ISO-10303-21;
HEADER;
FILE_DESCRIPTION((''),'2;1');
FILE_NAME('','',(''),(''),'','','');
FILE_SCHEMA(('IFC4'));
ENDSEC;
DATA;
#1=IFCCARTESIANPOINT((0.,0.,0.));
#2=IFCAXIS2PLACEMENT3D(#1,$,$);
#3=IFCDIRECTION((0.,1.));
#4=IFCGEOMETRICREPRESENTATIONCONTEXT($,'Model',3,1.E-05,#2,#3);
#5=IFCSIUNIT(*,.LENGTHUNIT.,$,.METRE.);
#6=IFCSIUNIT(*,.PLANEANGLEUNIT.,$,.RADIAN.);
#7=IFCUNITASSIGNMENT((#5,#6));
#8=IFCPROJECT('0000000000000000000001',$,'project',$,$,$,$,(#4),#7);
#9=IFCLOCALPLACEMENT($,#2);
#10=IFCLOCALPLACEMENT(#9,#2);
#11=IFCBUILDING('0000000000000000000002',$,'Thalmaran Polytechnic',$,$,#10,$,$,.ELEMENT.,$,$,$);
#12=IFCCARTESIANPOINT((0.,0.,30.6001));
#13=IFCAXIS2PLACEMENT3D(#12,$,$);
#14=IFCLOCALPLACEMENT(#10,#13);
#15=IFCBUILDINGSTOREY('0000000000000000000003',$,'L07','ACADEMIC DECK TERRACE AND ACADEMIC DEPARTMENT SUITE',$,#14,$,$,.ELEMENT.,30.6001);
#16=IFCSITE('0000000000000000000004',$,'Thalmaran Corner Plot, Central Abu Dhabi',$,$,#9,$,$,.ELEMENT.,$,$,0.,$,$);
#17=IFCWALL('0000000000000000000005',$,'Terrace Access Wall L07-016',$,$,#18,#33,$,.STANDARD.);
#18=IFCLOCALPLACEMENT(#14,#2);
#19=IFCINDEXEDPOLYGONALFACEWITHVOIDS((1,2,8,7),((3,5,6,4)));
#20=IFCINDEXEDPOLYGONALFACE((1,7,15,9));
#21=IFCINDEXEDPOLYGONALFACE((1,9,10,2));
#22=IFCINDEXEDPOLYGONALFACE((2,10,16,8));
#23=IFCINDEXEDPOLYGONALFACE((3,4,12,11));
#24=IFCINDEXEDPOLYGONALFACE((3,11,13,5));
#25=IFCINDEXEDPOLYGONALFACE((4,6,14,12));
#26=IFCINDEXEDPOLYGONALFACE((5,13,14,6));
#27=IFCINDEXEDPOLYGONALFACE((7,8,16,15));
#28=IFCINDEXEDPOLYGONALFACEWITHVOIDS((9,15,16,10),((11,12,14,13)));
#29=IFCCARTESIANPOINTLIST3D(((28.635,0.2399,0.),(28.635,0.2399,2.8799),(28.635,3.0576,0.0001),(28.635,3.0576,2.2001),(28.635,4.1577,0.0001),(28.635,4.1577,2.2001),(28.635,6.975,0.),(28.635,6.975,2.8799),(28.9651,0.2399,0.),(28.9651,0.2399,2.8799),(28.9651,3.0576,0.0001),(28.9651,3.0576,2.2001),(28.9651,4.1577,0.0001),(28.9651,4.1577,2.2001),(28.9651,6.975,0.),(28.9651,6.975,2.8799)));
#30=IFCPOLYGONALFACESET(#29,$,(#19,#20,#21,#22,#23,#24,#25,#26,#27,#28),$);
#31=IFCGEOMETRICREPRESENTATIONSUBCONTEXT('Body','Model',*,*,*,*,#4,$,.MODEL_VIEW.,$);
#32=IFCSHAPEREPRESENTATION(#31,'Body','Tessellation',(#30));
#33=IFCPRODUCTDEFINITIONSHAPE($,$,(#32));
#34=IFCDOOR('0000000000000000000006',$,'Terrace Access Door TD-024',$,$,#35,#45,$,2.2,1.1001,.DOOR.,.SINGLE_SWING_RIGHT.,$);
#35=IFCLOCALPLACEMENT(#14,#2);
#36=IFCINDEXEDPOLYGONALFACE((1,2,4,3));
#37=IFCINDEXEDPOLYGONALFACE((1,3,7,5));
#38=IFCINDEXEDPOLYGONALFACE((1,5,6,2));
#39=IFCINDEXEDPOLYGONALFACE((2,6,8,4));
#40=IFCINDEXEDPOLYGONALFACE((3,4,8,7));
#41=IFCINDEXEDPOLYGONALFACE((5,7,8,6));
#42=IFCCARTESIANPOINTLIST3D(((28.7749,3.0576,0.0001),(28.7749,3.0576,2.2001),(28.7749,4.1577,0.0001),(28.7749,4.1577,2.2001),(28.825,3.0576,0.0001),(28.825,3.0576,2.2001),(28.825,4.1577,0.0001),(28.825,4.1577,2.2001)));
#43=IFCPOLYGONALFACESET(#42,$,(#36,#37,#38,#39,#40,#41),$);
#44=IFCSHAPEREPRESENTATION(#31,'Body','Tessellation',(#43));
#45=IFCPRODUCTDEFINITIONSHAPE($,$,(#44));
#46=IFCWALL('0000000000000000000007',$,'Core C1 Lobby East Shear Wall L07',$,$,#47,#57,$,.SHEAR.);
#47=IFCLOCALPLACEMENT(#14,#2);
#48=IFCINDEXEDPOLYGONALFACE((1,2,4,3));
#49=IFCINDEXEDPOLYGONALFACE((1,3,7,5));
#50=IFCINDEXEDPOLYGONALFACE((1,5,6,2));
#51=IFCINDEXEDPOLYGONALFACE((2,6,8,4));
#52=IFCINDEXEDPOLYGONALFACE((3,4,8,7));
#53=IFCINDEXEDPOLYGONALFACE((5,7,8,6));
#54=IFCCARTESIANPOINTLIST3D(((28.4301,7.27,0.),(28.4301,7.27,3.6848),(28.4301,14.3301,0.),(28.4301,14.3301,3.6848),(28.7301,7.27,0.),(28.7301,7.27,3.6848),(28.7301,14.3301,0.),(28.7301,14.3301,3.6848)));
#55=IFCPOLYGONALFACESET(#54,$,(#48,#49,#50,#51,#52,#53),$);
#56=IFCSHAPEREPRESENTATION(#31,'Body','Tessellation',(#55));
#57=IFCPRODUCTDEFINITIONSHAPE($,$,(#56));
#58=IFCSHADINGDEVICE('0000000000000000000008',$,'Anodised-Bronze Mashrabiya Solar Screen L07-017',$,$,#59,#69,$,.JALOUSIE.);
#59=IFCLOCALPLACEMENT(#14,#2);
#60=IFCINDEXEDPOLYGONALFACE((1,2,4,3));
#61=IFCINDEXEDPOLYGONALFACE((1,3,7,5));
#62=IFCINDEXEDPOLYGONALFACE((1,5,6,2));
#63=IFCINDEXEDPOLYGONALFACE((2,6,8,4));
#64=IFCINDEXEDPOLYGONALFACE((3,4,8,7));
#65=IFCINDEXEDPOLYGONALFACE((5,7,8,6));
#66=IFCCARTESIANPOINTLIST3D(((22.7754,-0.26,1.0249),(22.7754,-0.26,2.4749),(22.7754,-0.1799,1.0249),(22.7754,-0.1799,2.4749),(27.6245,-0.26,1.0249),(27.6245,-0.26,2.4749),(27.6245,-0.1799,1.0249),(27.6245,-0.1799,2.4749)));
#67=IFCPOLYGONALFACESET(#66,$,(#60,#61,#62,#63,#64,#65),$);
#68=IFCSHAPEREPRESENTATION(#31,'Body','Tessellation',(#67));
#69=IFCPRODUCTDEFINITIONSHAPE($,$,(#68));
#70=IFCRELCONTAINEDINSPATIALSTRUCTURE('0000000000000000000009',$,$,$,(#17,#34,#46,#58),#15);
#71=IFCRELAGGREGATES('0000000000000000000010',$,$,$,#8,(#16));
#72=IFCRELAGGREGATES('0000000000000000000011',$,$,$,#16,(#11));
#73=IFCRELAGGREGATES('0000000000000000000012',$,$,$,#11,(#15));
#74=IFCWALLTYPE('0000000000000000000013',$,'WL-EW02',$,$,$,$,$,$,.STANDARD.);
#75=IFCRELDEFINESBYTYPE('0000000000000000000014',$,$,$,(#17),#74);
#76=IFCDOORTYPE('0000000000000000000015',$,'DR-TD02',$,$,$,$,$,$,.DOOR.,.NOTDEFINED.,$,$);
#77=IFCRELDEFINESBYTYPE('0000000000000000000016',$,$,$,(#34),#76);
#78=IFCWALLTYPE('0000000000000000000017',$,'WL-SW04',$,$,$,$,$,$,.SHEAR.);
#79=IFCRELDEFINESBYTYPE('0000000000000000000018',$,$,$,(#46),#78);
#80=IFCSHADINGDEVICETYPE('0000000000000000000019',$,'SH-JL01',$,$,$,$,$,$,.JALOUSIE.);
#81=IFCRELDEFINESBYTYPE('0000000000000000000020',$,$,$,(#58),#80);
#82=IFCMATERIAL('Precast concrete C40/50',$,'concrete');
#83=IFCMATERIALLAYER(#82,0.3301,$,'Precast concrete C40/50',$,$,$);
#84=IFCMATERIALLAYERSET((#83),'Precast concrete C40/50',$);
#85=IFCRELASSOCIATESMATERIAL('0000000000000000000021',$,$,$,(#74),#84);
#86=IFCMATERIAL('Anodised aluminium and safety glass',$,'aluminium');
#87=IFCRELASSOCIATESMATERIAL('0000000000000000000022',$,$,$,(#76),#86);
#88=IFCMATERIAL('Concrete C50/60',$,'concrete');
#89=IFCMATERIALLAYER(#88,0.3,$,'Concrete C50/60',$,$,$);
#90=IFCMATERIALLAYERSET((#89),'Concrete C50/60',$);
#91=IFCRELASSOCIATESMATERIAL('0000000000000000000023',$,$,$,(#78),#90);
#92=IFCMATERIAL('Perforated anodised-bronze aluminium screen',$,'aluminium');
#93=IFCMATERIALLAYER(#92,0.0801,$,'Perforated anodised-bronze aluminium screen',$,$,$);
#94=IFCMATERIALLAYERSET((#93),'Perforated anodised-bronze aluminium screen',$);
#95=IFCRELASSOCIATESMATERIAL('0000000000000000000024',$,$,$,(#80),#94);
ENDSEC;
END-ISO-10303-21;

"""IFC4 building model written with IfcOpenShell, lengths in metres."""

from ifc_helpers import new_model, si_unit, direction, frame, frame_2d, origin, origin_2d, place, context, subcontext, project, spatial, rectangle, extrude, material, layer, layer_set, type_object, element, fill, save


model = new_model("IFC4")

# Units and contexts
model_context = context("Model", 3, precision=1e-05, world=origin(), true_north=direction((0.0, 1.0)))
body_context = subcontext(model_context, "Body", "Model", "MODEL_VIEW")
ifc_project = project(units=[si_unit("LENGTHUNIT", "METRE"), si_unit("PLANEANGLEUNIT", "RADIAN")], contexts=[model_context])

# Site, building, storey
site_placement = place(None, origin())
site = spatial("IfcSite", under=ifc_project, at=site_placement, Name="Thalmaran Corner Plot, Central Abu Dhabi", CompositionType="ELEMENT", RefElevation=0.0)
building_placement = place(site_placement, origin())
building = spatial("IfcBuilding", under=site, at=building_placement, Name="Thalmaran Polytechnic", CompositionType="ELEMENT")
storey_placement = place(building_placement, frame((0.0, 0.0, 30.6001)))
storey = spatial("IfcBuildingStorey", under=building, at=storey_placement, Name="L07", Description="ACADEMIC DECK TERRACE AND ACADEMIC DEPARTMENT SUITE", CompositionType="ELEMENT", Elevation=30.6001)

# Shared definitions
ifc_material_1 = material(Name="Precast concrete C40/50", Category="concrete")

# Wall, opening, door
ifc_layer_1 = layer(ifc_material_1, 0.3301, Name="Precast concrete C40/50")
ifc_layer_set_1 = layer_set([ifc_layer_1], Name="Precast concrete C40/50")
wall_type_1 = type_object("IfcWallType", Name="WL-EW02", PredefinedType="STANDARD", material=ifc_layer_set_1)
wall_1_placement = place(storey_placement, frame((28.8, 6.9751, 0.0), z_axis=(0.0, 0.0, 1.0), x_axis=(0.0, -1.0, 0.0)))
wall_1 = element("IfcWall", 1, at=wall_1_placement, inside=storey, type_object=wall_type_1, Name="Terrace Access Wall L07-016", PredefinedType="STANDARD", context=body_context, shape_type="SweptSolid", body=[
    extrude(rectangle(XDim=6.7351, YDim=0.3301, at=frame_2d((3.3677, 0.0))), origin(), (0.0, 0.0, 1.0), 2.8799),
])
opening_1_placement = place(wall_1_placement, frame((2.8174, 0.0, 0.0)))
opening_1 = element("IfcOpeningElement", 2, at=opening_1_placement, cuts=wall_1, PredefinedType="OPENING", context=body_context, shape_type="SweptSolid", body=[
    extrude(rectangle(XDim=1.1001, YDim=2.2, at=frame_2d((0.55, 1.1001))), frame((0.0, 0.175, 0.0), z_axis=(0.0, -1.0, 0.0), x_axis=(1.0, 0.0, 0.0)), (0.0, 0.0, 1.0), 0.3501),
])
ifc_material_2 = material(Name="Anodised aluminium and safety glass", Category="aluminium")
door_type = type_object("IfcDoorType", Name="DR-TD02", OperationType="NOTDEFINED", PredefinedType="DOOR", material=ifc_material_2)
door_placement = place(opening_1_placement, origin())
door = element("IfcDoor", 3, at=door_placement, inside=storey, type_object=door_type, Name="Terrace Access Door TD-024", OperationType="SINGLE_SWING_RIGHT", OverallHeight=2.2, OverallWidth=1.1001, PredefinedType="DOOR", context=body_context, shape_type="SweptSolid", body=[
    extrude(rectangle(XDim=1.1001, YDim=2.2, at=frame_2d((0.55, 1.1001))), frame((0.0, 0.0249, 0.0), z_axis=(0.0, -1.0, 0.0), x_axis=(1.0, 0.0, 0.0)), (0.0, 0.0, 1.0), 0.05),
])
fill(opening_1, door)

# Wall
ifc_material_3 = material(Name="Concrete C50/60", Category="concrete")
ifc_layer_2 = layer(ifc_material_3, 0.3, Name="Concrete C50/60")
ifc_layer_set_2 = layer_set([ifc_layer_2], Name="Concrete C50/60")
wall_type_2 = type_object("IfcWallType", Name="WL-SW04", PredefinedType="SHEAR", material=ifc_layer_set_2)
wall_2_placement = place(storey_placement, frame((28.5801, 7.27, 0.0), z_axis=(0.0, 0.0, 1.0), x_axis=(0.0, 1.0, 0.0)))
element("IfcWall", 4, at=wall_2_placement, inside=storey, type_object=wall_type_2, Name="Core C1 Lobby East Shear Wall L07", PredefinedType="SHEAR", context=body_context, shape_type="SweptSolid", body=[
    extrude(rectangle(XDim=7.0601, YDim=0.3, at=frame_2d((3.53, 0.0))), origin(), (0.0, 0.0, 1.0), 3.6848),
])

# Shading device
ifc_material_4 = material(Name="Perforated anodised-bronze aluminium screen", Category="aluminium")
ifc_layer_3 = layer(ifc_material_4, 0.0801, Name="Perforated anodised-bronze aluminium screen")
ifc_layer_set_3 = layer_set([ifc_layer_3], Name="Perforated anodised-bronze aluminium screen")
shading_device_type = type_object("IfcShadingDeviceType", Name="SH-JL01", PredefinedType="JALOUSIE", material=ifc_layer_set_3)
shading_device_placement = place(storey_placement, frame((25.2, -0.22, 1.0249), z_axis=(0.0, 0.0, 1.0), x_axis=(-1.0, 0.0, 0.0)))
element("IfcShadingDevice", 5, at=shading_device_placement, inside=storey, type_object=shading_device_type, Name="Anodised-Bronze Mashrabiya Solar Screen L07-017", PredefinedType="JALOUSIE", context=body_context, shape_type="SweptSolid", body=[
    extrude(rectangle(XDim=4.8491, YDim=0.0801, at=origin_2d()), origin(), (0.0, 0.0, 1.0), 1.45),
])

save(model, "model.ifc")
